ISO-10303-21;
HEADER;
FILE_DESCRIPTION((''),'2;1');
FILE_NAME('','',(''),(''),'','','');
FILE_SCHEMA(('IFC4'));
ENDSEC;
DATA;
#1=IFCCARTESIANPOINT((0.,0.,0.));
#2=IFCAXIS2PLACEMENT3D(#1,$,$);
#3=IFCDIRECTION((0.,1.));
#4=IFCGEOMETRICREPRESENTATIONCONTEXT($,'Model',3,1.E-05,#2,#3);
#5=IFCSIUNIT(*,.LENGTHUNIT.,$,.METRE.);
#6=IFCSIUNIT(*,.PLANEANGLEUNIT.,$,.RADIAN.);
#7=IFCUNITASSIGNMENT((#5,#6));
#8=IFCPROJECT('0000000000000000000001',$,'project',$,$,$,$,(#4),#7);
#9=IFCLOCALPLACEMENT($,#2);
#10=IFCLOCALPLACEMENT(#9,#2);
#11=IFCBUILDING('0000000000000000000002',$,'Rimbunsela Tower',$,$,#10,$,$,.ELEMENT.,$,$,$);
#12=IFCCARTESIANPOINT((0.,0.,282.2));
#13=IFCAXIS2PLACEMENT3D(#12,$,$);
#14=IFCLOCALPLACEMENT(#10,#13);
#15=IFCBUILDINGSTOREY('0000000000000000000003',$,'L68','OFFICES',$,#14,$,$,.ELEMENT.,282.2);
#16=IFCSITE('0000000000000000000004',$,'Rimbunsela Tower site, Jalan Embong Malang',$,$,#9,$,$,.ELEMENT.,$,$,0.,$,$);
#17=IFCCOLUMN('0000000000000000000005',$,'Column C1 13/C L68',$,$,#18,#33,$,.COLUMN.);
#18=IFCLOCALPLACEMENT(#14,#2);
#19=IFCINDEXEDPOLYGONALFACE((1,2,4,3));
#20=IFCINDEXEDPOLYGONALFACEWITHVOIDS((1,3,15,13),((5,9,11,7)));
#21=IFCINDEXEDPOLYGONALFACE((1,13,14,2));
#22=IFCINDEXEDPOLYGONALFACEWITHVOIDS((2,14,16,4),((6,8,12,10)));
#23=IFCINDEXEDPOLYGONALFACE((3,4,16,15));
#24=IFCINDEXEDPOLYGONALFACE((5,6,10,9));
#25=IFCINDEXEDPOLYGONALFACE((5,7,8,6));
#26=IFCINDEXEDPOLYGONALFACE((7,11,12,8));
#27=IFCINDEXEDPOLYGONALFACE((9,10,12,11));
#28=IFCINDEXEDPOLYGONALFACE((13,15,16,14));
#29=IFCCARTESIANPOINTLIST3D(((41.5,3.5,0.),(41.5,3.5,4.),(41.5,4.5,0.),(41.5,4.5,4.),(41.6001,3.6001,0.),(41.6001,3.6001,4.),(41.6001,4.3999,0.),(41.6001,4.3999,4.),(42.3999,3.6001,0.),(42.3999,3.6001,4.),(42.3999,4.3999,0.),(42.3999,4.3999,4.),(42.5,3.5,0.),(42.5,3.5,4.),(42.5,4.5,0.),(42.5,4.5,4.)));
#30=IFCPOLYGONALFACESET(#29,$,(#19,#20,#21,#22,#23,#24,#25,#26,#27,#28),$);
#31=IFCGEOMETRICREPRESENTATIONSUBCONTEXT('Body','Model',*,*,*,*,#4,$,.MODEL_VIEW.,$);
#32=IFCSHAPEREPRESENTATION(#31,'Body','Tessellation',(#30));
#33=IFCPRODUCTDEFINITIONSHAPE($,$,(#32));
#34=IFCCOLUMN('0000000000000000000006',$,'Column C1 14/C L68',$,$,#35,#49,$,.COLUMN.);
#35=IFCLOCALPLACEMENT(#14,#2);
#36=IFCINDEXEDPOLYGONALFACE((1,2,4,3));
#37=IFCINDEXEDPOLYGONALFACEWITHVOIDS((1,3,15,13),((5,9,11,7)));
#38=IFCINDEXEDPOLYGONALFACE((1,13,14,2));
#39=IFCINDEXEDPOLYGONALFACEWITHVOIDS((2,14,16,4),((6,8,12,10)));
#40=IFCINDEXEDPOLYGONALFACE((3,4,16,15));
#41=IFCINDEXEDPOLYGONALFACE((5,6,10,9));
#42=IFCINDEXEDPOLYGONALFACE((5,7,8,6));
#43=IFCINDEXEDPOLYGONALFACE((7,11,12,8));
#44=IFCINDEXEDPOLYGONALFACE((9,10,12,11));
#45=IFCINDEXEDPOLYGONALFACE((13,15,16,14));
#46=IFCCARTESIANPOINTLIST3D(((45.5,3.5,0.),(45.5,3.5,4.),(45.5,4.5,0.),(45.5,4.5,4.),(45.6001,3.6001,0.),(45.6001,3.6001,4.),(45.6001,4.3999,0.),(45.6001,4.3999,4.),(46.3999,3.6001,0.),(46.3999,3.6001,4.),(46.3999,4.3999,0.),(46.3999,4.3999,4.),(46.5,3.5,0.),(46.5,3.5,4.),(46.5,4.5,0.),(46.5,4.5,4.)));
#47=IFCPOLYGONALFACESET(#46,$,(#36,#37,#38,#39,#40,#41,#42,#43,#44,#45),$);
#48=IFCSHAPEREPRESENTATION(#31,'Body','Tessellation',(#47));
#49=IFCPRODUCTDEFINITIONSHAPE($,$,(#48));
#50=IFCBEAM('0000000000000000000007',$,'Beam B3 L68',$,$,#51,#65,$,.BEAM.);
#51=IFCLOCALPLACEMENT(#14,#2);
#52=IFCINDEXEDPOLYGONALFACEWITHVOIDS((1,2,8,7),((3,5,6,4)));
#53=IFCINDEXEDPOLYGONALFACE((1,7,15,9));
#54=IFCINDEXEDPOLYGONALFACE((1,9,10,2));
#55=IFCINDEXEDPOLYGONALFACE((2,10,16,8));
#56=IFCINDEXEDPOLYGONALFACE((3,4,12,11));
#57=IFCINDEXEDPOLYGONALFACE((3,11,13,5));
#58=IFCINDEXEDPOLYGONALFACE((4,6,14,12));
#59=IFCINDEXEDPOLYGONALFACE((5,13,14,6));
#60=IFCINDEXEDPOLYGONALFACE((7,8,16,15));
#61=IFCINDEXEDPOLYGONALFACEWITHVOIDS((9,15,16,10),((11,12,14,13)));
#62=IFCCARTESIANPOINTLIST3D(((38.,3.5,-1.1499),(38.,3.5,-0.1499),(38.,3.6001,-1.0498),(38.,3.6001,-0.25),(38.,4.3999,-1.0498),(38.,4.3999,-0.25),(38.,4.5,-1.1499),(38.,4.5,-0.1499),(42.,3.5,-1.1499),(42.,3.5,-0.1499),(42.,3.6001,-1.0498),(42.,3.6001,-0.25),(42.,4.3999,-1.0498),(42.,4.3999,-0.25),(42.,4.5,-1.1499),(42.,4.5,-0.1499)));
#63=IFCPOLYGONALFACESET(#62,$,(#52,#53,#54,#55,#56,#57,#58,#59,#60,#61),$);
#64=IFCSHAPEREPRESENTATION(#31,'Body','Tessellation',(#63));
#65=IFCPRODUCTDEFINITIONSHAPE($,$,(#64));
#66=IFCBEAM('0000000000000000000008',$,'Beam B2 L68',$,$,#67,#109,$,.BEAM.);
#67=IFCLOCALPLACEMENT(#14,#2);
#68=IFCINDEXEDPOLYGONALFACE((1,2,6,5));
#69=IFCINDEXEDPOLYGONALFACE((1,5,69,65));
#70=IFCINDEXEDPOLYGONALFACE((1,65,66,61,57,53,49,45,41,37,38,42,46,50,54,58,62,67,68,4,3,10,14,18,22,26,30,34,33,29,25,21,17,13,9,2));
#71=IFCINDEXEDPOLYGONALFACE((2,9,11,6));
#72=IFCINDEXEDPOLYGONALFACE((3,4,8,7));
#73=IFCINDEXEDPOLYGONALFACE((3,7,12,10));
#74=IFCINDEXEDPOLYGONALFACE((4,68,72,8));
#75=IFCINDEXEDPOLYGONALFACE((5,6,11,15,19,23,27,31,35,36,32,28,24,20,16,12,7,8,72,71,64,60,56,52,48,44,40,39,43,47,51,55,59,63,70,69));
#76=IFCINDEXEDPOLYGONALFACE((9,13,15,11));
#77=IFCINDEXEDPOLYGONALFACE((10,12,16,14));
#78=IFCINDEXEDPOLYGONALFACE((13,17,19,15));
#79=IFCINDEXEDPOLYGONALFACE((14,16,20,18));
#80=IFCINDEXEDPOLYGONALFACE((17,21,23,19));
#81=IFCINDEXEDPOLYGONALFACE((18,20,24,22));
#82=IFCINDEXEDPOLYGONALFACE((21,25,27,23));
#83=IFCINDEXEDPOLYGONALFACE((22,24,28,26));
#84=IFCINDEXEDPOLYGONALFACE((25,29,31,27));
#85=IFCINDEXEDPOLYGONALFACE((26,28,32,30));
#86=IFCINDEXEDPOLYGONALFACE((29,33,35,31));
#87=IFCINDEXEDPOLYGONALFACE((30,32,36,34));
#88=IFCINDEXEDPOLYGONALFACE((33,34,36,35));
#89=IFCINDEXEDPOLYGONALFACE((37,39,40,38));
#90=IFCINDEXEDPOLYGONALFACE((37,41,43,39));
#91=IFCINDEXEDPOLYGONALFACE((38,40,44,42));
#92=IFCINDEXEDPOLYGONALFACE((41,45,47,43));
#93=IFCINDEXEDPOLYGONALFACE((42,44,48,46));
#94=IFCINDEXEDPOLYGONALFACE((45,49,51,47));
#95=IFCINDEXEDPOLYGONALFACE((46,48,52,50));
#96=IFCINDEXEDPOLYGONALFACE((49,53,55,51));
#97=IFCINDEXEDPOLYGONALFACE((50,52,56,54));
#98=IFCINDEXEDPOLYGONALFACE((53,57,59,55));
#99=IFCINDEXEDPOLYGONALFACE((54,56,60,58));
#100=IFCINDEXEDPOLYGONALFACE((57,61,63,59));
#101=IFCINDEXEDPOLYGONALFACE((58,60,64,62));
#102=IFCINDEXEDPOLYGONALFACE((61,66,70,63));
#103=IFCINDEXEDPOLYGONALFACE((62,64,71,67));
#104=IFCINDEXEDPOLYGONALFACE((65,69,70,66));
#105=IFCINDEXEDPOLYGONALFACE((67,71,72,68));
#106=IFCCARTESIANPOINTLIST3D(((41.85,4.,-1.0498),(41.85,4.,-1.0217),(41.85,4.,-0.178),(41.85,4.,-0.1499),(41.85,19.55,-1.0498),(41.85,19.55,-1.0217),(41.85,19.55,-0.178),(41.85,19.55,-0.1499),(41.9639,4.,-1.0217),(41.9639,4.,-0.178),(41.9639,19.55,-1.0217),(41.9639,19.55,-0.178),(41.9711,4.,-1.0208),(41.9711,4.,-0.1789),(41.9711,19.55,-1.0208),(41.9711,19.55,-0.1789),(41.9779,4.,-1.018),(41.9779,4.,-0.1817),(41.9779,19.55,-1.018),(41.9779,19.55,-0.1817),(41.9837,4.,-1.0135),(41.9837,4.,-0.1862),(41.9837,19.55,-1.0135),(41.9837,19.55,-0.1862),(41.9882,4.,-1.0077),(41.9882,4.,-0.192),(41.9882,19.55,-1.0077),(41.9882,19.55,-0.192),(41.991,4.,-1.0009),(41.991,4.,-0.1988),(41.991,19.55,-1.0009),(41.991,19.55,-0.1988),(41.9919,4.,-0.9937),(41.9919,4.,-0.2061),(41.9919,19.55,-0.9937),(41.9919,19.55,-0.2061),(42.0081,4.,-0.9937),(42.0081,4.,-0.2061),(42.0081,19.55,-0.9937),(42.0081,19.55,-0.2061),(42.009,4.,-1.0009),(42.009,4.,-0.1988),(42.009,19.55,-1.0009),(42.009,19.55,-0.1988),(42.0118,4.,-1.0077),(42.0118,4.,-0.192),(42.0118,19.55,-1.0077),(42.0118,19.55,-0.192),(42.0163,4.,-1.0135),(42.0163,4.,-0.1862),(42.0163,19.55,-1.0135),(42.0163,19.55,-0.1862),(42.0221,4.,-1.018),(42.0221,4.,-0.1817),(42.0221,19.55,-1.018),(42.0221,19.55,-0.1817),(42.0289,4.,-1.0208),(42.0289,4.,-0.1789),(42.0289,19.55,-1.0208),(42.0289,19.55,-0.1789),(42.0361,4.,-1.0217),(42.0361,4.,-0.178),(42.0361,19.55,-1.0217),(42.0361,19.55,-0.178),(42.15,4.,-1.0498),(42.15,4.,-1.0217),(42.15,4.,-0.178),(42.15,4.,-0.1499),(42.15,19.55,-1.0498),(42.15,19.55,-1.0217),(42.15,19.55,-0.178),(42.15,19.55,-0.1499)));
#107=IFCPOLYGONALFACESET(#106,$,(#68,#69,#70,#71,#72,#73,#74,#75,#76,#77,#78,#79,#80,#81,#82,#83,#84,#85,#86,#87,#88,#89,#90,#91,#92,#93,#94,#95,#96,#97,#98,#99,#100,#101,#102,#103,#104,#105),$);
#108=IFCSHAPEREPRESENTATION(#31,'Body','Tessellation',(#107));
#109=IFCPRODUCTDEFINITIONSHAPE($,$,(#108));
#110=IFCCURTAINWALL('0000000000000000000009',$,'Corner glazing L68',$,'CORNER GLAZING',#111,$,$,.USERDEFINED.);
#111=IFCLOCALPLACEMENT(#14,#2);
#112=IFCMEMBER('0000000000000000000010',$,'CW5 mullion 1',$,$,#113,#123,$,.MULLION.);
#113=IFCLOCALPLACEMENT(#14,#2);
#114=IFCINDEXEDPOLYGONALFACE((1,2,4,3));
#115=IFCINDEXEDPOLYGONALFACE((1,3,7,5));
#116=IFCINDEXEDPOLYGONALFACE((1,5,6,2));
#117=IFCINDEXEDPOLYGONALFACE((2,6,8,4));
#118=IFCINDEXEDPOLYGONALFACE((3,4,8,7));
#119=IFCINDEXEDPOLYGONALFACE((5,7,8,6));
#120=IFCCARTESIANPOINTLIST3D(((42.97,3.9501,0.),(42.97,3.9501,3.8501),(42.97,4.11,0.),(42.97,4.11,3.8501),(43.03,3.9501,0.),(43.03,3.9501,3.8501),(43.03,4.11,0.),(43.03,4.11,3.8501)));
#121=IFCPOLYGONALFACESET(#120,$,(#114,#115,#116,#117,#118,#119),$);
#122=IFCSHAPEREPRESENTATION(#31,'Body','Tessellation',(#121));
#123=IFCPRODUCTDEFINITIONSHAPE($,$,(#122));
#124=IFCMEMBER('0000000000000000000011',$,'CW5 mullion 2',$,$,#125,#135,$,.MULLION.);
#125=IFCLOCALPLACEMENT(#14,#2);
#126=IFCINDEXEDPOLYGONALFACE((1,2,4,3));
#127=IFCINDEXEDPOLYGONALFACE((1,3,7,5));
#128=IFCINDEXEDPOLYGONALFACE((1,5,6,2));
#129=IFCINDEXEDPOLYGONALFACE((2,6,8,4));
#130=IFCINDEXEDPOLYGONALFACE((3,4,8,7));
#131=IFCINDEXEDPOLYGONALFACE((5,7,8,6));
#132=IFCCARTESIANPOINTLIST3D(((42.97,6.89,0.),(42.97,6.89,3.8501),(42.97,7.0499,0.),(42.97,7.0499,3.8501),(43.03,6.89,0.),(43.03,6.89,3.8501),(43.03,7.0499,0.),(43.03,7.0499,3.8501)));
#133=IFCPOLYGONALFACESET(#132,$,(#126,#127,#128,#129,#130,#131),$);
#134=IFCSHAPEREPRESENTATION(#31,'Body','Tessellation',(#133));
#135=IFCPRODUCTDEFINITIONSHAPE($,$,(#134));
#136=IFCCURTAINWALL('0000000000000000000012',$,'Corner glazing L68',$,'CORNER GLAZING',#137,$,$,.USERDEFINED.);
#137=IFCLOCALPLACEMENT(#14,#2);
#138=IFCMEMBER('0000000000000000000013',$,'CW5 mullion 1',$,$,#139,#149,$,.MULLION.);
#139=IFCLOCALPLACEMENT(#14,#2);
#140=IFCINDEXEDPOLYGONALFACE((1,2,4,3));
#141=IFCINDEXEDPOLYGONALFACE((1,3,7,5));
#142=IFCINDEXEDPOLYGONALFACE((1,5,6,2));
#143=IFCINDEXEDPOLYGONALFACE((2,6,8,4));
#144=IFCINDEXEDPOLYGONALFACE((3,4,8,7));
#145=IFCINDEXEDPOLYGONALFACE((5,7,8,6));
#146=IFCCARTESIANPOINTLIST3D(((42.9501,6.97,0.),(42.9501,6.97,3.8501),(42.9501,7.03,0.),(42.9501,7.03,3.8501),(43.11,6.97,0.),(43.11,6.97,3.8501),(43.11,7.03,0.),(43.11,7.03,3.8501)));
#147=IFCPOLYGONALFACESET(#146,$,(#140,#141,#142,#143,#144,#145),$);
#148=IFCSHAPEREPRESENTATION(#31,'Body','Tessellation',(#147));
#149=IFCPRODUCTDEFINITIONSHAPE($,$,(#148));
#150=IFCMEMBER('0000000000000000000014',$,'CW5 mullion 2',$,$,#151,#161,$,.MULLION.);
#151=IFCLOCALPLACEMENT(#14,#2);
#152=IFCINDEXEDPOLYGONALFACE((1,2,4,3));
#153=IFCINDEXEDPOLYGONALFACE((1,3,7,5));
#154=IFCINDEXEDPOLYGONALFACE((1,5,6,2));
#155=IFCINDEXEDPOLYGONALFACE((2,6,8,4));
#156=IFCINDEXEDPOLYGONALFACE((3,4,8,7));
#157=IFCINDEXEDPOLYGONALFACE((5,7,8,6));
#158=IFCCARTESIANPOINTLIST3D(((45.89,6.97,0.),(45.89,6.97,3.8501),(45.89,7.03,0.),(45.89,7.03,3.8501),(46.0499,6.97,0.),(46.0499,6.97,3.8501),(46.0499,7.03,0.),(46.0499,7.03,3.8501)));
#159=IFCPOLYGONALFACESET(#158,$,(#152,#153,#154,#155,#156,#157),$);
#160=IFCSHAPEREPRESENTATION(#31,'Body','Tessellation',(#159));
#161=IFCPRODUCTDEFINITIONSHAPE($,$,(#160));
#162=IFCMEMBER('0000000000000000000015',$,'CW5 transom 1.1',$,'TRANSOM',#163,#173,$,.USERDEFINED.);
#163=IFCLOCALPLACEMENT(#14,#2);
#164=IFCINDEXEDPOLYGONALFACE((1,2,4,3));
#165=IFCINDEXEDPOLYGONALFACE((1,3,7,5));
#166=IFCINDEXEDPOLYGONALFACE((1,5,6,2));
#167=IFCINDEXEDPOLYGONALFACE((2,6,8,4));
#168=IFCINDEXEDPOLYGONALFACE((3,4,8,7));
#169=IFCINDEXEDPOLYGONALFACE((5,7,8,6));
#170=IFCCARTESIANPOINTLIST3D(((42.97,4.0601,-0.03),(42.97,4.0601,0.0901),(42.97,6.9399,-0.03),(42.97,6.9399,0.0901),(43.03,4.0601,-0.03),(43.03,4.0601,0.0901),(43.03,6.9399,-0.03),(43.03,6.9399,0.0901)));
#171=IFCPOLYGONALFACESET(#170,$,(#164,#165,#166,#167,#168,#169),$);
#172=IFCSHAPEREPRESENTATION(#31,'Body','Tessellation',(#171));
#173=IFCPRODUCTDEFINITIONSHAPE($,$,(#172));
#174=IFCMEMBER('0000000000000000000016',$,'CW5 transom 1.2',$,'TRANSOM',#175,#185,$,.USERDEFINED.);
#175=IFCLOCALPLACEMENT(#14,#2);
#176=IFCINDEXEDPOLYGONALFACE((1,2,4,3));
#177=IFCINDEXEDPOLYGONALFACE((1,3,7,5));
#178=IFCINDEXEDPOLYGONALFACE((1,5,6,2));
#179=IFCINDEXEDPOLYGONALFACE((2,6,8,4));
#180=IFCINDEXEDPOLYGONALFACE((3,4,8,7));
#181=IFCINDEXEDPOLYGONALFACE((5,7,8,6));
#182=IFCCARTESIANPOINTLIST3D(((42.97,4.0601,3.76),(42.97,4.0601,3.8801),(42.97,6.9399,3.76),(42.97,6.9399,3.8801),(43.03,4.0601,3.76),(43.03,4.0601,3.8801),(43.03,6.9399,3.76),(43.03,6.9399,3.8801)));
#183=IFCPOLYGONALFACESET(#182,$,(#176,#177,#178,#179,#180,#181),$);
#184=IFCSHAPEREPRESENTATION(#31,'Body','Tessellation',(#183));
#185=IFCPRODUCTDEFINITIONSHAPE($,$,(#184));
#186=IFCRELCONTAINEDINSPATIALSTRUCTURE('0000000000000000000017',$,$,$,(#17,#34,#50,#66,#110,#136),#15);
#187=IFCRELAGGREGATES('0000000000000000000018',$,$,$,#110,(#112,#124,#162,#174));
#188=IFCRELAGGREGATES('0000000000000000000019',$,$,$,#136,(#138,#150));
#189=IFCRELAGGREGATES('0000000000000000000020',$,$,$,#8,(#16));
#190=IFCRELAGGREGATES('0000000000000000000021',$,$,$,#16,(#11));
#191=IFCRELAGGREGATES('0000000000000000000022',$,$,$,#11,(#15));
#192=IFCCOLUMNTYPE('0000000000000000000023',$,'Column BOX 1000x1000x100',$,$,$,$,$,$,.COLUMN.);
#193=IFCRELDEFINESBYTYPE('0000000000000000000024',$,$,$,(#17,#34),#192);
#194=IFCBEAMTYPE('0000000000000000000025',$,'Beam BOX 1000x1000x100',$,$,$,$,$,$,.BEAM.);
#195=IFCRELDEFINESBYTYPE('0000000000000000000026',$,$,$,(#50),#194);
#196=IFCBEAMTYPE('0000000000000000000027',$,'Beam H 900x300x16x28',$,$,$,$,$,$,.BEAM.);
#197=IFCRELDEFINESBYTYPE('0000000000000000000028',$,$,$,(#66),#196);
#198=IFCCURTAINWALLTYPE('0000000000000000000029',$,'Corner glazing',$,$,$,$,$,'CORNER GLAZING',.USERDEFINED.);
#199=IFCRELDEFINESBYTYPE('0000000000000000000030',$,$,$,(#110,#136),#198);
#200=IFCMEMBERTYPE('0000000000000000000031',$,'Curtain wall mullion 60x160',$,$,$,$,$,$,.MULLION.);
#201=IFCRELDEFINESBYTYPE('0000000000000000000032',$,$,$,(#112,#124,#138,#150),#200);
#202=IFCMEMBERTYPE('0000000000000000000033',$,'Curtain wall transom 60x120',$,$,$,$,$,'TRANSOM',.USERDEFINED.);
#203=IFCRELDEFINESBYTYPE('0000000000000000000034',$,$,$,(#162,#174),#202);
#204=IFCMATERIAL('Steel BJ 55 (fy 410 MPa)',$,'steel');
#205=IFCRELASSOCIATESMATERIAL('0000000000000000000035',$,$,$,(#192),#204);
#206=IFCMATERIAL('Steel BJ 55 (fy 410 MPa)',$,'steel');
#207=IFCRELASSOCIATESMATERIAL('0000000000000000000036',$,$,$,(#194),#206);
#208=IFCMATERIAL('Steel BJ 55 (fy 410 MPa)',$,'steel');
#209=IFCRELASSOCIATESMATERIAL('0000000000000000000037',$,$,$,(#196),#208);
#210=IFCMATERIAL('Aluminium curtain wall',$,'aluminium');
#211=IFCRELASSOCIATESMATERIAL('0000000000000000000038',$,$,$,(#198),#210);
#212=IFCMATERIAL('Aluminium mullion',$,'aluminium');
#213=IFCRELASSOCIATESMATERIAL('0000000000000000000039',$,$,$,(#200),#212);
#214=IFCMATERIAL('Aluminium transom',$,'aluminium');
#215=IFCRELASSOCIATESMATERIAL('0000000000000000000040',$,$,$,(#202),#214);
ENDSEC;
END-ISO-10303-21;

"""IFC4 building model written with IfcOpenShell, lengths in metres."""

from ifc_helpers import new_model, si_unit, direction, frame, origin, origin_2d, place, context, subcontext, project, spatial, rectangle, hollow_rectangle, i_section, extrude, material, material_profile, profile_set, type_object, element, aggregate, save


model = new_model("IFC4")

# Units and contexts
model_context = context("Model", 3, precision=1e-05, world=origin(), true_north=direction((0.0, 1.0)))
body_context = subcontext(model_context, "Body", "Model", "MODEL_VIEW")
ifc_project = project(units=[si_unit("LENGTHUNIT", "METRE"), si_unit("PLANEANGLEUNIT", "RADIAN")], contexts=[model_context])

# Site, building, storey
site_placement = place(None, origin())
site = spatial("IfcSite", under=ifc_project, at=site_placement, Name="Rimbunsela Tower site, Jalan Embong Malang", CompositionType="ELEMENT", RefElevation=0.0)
building_placement = place(site_placement, origin())
building = spatial("IfcBuilding", under=site, at=building_placement, Name="Rimbunsela Tower", CompositionType="ELEMENT")
storey_placement = place(building_placement, frame((0.0, 0.0, 282.2)))
storey = spatial("IfcBuildingStorey", under=building, at=storey_placement, Name="L68", Description="OFFICES", CompositionType="ELEMENT", Elevation=282.2)

# Columns
ifc_material_1 = material(Name="Steel BJ 55 (fy 410 MPa)", Category="steel")
ifc_material_profile_1 = material_profile(ifc_material_1, hollow_rectangle(XDim=1.0, YDim=1.0, WallThickness=0.1001, at=origin_2d()), Name="BOX 1000x1000x100")
ifc_profile_set_1 = profile_set([ifc_material_profile_1], Name="Steel BJ 55 (fy 410 MPa)")
column_type = type_object("IfcColumnType", Name="Column BOX 1000x1000x100", PredefinedType="COLUMN", material=ifc_profile_set_1)
for number, where, z_axis, x_axis, name in (
    (1, (42.0, 4.0, 0.0), (0.0, 0.0, 1.0), (1.0, 0.0, 0.0), "Column C1 13/C L68"),
    (2, (46.0, 4.0, 0.0), (0.0, 0.0, 1.0), (1.0, 0.0, 0.0), "Column C1 14/C L68"),
):
    element("IfcColumn", number, at=place(storey_placement, frame(where, z_axis=z_axis, x_axis=x_axis)), inside=storey, type_object=column_type, Name=name, PredefinedType="COLUMN", context=body_context, shape_type="SweptSolid", body=[
        extrude(hollow_rectangle(XDim=1.0, YDim=1.0, WallThickness=0.1001, at=origin_2d()), origin(), (0.0, 0.0, 1.0), 4.0),
    ])

# Beams
ifc_material_2 = material(Name="Steel BJ 55 (fy 410 MPa)", Category="steel")
ifc_material_profile_2 = material_profile(ifc_material_2, hollow_rectangle(XDim=1.0, YDim=1.0, WallThickness=0.1001, at=origin_2d()), Name="BOX 1000x1000x100")
ifc_profile_set_2 = profile_set([ifc_material_profile_2], Name="Steel BJ 55 (fy 410 MPa)")
beam_type_1 = type_object("IfcBeamType", Name="Beam BOX 1000x1000x100", PredefinedType="BEAM", material=ifc_profile_set_2)
beam_1_placement = place(storey_placement, frame((38.0, 4.0, -0.6499), z_axis=(1.0, 0.0, 0.0), x_axis=(0.0, 1.0, 0.0)))
element("IfcBeam", 3, at=beam_1_placement, inside=storey, type_object=beam_type_1, Name="Beam B3 L68", PredefinedType="BEAM", context=body_context, shape_type="SweptSolid", body=[
    extrude(hollow_rectangle(XDim=1.0, YDim=1.0, WallThickness=0.1001, at=origin_2d()), origin(), (0.0, 0.0, 1.0), 4.0),
])
ifc_material_3 = material(Name="Steel BJ 55 (fy 410 MPa)", Category="steel")
ifc_material_profile_3 = material_profile(ifc_material_3, i_section(OverallWidth=0.3, OverallDepth=0.8999, WebThickness=0.0161, FlangeThickness=0.0281, FilletRadius=0.0281, at=origin_2d()), Name="H 900x300x16x28")
ifc_profile_set_3 = profile_set([ifc_material_profile_3], Name="Steel BJ 55 (fy 410 MPa)")
beam_type_2 = type_object("IfcBeamType", Name="Beam H 900x300x16x28", PredefinedType="BEAM", material=ifc_profile_set_3)
beam_2_placement = place(storey_placement, frame((42.0, 4.0, -0.5999), z_axis=(0.0, 1.0, 0.0), x_axis=(-1.0, 0.0, 0.0)))
element("IfcBeam", 4, at=beam_2_placement, inside=storey, type_object=beam_type_2, Name="Beam B2 L68", PredefinedType="BEAM", context=body_context, shape_type="SweptSolid", body=[
    extrude(i_section(OverallWidth=0.3, OverallDepth=0.8999, WebThickness=0.0161, FlangeThickness=0.0281, FilletRadius=0.0281, at=origin_2d()), origin(), (0.0, 0.0, 1.0), 15.55),
])

# Curtain walls, members
ifc_material_4 = material(Name="Aluminium curtain wall", Category="aluminium")
curtain_wall_type = type_object("IfcCurtainWallType", Name="Corner glazing", ElementType="CORNER GLAZING", PredefinedType="USERDEFINED", material=ifc_material_4)
curtain_wall_1_placement = place(storey_placement, origin())
curtain_wall_1 = element("IfcCurtainWall", 5, at=curtain_wall_1_placement, inside=storey, type_object=curtain_wall_type, Name="Corner glazing L68", ObjectType="CORNER GLAZING", PredefinedType="USERDEFINED")
ifc_material_5 = material(Name="Aluminium mullion", Category="aluminium")
ifc_material_profile_4 = material_profile(ifc_material_5, rectangle(XDim=0.0601, YDim=0.1599, at=origin_2d()), Name="Mullion 60x160")
ifc_profile_set_4 = profile_set([ifc_material_profile_4], Name="Aluminium mullion")
member_type_1 = type_object("IfcMemberType", Name="Curtain wall mullion 60x160", PredefinedType="MULLION", material=ifc_profile_set_4)
member_1_placement = place(storey_placement, frame((43.0, 4.03, 0.0), z_axis=(0.0, 0.0, 1.0), x_axis=(-1.0, 0.0, 0.0)))
member_1 = element("IfcMember", 6, at=member_1_placement, type_object=member_type_1, Name="CW5 mullion 1", PredefinedType="MULLION", context=body_context, shape_type="SweptSolid", body=[
    extrude(rectangle(XDim=0.0601, YDim=0.1599, at=origin_2d()), origin(), (0.0, 0.0, 1.0), 3.8501),
])
member_2_placement = place(storey_placement, frame((43.0, 6.97, 0.0), z_axis=(0.0, 0.0, 1.0), x_axis=(-1.0, 0.0, 0.0)))
member_2 = element("IfcMember", 7, at=member_2_placement, type_object=member_type_1, Name="CW5 mullion 2", PredefinedType="MULLION", context=body_context, shape_type="SweptSolid", body=[
    extrude(rectangle(XDim=0.0601, YDim=0.1599, at=origin_2d()), origin(), (0.0, 0.0, 1.0), 3.8501),
])
curtain_wall_2_placement = place(storey_placement, origin())
curtain_wall_2 = element("IfcCurtainWall", 8, at=curtain_wall_2_placement, inside=storey, type_object=curtain_wall_type, Name="Corner glazing L68", ObjectType="CORNER GLAZING", PredefinedType="USERDEFINED")
member_3_placement = place(storey_placement, frame((43.03, 7.0, 0.0), z_axis=(0.0, 0.0, 1.0), x_axis=(0.0, 1.0, 0.0)))
member_3 = element("IfcMember", 9, at=member_3_placement, type_object=member_type_1, Name="CW5 mullion 1", PredefinedType="MULLION", context=body_context, shape_type="SweptSolid", body=[
    extrude(rectangle(XDim=0.0601, YDim=0.1599, at=origin_2d()), origin(), (0.0, 0.0, 1.0), 3.8501),
])
member_4_placement = place(storey_placement, frame((45.97, 7.0, 0.0), z_axis=(0.0, 0.0, 1.0), x_axis=(0.0, 1.0, 0.0)))
member_4 = element("IfcMember", 10, at=member_4_placement, type_object=member_type_1, Name="CW5 mullion 2", PredefinedType="MULLION", context=body_context, shape_type="SweptSolid", body=[
    extrude(rectangle(XDim=0.0601, YDim=0.1599, at=origin_2d()), origin(), (0.0, 0.0, 1.0), 3.8501),
])

# Members
ifc_material_6 = material(Name="Aluminium transom", Category="aluminium")
ifc_material_profile_5 = material_profile(ifc_material_6, rectangle(XDim=0.0601, YDim=0.1201, at=origin_2d()), Name="Transom 60x120")
ifc_profile_set_5 = profile_set([ifc_material_profile_5], Name="Aluminium transom")
member_type_2 = type_object("IfcMemberType", Name="Curtain wall transom 60x120", ElementType="TRANSOM", PredefinedType="USERDEFINED", material=ifc_profile_set_5)
member_5_placement = place(storey_placement, frame((43.0, 4.0601, 0.03), z_axis=(0.0, 1.0, 0.0), x_axis=(-1.0, 0.0, 0.0)))
member_5 = element("IfcMember", 11, at=member_5_placement, type_object=member_type_2, Name="CW5 transom 1.1", ObjectType="TRANSOM", PredefinedType="USERDEFINED", context=body_context, shape_type="SweptSolid", body=[
    extrude(rectangle(XDim=0.0601, YDim=0.1201, at=origin_2d()), origin(), (0.0, 0.0, 1.0), 2.8799),
])
member_6_placement = place(storey_placement, frame((43.0, 4.0601, 3.8201), z_axis=(0.0, 1.0, 0.0), x_axis=(-1.0, 0.0, 0.0)))
member_6 = element("IfcMember", 12, at=member_6_placement, type_object=member_type_2, Name="CW5 transom 1.2", ObjectType="TRANSOM", PredefinedType="USERDEFINED", context=body_context, shape_type="SweptSolid", body=[
    extrude(rectangle(XDim=0.0601, YDim=0.1201, at=origin_2d()), origin(), (0.0, 0.0, 1.0), 2.8799),
])

aggregate(curtain_wall_1, [member_1, member_2, member_5, member_6])
aggregate(curtain_wall_2, [member_3, member_4])

save(model, "model.ifc")
